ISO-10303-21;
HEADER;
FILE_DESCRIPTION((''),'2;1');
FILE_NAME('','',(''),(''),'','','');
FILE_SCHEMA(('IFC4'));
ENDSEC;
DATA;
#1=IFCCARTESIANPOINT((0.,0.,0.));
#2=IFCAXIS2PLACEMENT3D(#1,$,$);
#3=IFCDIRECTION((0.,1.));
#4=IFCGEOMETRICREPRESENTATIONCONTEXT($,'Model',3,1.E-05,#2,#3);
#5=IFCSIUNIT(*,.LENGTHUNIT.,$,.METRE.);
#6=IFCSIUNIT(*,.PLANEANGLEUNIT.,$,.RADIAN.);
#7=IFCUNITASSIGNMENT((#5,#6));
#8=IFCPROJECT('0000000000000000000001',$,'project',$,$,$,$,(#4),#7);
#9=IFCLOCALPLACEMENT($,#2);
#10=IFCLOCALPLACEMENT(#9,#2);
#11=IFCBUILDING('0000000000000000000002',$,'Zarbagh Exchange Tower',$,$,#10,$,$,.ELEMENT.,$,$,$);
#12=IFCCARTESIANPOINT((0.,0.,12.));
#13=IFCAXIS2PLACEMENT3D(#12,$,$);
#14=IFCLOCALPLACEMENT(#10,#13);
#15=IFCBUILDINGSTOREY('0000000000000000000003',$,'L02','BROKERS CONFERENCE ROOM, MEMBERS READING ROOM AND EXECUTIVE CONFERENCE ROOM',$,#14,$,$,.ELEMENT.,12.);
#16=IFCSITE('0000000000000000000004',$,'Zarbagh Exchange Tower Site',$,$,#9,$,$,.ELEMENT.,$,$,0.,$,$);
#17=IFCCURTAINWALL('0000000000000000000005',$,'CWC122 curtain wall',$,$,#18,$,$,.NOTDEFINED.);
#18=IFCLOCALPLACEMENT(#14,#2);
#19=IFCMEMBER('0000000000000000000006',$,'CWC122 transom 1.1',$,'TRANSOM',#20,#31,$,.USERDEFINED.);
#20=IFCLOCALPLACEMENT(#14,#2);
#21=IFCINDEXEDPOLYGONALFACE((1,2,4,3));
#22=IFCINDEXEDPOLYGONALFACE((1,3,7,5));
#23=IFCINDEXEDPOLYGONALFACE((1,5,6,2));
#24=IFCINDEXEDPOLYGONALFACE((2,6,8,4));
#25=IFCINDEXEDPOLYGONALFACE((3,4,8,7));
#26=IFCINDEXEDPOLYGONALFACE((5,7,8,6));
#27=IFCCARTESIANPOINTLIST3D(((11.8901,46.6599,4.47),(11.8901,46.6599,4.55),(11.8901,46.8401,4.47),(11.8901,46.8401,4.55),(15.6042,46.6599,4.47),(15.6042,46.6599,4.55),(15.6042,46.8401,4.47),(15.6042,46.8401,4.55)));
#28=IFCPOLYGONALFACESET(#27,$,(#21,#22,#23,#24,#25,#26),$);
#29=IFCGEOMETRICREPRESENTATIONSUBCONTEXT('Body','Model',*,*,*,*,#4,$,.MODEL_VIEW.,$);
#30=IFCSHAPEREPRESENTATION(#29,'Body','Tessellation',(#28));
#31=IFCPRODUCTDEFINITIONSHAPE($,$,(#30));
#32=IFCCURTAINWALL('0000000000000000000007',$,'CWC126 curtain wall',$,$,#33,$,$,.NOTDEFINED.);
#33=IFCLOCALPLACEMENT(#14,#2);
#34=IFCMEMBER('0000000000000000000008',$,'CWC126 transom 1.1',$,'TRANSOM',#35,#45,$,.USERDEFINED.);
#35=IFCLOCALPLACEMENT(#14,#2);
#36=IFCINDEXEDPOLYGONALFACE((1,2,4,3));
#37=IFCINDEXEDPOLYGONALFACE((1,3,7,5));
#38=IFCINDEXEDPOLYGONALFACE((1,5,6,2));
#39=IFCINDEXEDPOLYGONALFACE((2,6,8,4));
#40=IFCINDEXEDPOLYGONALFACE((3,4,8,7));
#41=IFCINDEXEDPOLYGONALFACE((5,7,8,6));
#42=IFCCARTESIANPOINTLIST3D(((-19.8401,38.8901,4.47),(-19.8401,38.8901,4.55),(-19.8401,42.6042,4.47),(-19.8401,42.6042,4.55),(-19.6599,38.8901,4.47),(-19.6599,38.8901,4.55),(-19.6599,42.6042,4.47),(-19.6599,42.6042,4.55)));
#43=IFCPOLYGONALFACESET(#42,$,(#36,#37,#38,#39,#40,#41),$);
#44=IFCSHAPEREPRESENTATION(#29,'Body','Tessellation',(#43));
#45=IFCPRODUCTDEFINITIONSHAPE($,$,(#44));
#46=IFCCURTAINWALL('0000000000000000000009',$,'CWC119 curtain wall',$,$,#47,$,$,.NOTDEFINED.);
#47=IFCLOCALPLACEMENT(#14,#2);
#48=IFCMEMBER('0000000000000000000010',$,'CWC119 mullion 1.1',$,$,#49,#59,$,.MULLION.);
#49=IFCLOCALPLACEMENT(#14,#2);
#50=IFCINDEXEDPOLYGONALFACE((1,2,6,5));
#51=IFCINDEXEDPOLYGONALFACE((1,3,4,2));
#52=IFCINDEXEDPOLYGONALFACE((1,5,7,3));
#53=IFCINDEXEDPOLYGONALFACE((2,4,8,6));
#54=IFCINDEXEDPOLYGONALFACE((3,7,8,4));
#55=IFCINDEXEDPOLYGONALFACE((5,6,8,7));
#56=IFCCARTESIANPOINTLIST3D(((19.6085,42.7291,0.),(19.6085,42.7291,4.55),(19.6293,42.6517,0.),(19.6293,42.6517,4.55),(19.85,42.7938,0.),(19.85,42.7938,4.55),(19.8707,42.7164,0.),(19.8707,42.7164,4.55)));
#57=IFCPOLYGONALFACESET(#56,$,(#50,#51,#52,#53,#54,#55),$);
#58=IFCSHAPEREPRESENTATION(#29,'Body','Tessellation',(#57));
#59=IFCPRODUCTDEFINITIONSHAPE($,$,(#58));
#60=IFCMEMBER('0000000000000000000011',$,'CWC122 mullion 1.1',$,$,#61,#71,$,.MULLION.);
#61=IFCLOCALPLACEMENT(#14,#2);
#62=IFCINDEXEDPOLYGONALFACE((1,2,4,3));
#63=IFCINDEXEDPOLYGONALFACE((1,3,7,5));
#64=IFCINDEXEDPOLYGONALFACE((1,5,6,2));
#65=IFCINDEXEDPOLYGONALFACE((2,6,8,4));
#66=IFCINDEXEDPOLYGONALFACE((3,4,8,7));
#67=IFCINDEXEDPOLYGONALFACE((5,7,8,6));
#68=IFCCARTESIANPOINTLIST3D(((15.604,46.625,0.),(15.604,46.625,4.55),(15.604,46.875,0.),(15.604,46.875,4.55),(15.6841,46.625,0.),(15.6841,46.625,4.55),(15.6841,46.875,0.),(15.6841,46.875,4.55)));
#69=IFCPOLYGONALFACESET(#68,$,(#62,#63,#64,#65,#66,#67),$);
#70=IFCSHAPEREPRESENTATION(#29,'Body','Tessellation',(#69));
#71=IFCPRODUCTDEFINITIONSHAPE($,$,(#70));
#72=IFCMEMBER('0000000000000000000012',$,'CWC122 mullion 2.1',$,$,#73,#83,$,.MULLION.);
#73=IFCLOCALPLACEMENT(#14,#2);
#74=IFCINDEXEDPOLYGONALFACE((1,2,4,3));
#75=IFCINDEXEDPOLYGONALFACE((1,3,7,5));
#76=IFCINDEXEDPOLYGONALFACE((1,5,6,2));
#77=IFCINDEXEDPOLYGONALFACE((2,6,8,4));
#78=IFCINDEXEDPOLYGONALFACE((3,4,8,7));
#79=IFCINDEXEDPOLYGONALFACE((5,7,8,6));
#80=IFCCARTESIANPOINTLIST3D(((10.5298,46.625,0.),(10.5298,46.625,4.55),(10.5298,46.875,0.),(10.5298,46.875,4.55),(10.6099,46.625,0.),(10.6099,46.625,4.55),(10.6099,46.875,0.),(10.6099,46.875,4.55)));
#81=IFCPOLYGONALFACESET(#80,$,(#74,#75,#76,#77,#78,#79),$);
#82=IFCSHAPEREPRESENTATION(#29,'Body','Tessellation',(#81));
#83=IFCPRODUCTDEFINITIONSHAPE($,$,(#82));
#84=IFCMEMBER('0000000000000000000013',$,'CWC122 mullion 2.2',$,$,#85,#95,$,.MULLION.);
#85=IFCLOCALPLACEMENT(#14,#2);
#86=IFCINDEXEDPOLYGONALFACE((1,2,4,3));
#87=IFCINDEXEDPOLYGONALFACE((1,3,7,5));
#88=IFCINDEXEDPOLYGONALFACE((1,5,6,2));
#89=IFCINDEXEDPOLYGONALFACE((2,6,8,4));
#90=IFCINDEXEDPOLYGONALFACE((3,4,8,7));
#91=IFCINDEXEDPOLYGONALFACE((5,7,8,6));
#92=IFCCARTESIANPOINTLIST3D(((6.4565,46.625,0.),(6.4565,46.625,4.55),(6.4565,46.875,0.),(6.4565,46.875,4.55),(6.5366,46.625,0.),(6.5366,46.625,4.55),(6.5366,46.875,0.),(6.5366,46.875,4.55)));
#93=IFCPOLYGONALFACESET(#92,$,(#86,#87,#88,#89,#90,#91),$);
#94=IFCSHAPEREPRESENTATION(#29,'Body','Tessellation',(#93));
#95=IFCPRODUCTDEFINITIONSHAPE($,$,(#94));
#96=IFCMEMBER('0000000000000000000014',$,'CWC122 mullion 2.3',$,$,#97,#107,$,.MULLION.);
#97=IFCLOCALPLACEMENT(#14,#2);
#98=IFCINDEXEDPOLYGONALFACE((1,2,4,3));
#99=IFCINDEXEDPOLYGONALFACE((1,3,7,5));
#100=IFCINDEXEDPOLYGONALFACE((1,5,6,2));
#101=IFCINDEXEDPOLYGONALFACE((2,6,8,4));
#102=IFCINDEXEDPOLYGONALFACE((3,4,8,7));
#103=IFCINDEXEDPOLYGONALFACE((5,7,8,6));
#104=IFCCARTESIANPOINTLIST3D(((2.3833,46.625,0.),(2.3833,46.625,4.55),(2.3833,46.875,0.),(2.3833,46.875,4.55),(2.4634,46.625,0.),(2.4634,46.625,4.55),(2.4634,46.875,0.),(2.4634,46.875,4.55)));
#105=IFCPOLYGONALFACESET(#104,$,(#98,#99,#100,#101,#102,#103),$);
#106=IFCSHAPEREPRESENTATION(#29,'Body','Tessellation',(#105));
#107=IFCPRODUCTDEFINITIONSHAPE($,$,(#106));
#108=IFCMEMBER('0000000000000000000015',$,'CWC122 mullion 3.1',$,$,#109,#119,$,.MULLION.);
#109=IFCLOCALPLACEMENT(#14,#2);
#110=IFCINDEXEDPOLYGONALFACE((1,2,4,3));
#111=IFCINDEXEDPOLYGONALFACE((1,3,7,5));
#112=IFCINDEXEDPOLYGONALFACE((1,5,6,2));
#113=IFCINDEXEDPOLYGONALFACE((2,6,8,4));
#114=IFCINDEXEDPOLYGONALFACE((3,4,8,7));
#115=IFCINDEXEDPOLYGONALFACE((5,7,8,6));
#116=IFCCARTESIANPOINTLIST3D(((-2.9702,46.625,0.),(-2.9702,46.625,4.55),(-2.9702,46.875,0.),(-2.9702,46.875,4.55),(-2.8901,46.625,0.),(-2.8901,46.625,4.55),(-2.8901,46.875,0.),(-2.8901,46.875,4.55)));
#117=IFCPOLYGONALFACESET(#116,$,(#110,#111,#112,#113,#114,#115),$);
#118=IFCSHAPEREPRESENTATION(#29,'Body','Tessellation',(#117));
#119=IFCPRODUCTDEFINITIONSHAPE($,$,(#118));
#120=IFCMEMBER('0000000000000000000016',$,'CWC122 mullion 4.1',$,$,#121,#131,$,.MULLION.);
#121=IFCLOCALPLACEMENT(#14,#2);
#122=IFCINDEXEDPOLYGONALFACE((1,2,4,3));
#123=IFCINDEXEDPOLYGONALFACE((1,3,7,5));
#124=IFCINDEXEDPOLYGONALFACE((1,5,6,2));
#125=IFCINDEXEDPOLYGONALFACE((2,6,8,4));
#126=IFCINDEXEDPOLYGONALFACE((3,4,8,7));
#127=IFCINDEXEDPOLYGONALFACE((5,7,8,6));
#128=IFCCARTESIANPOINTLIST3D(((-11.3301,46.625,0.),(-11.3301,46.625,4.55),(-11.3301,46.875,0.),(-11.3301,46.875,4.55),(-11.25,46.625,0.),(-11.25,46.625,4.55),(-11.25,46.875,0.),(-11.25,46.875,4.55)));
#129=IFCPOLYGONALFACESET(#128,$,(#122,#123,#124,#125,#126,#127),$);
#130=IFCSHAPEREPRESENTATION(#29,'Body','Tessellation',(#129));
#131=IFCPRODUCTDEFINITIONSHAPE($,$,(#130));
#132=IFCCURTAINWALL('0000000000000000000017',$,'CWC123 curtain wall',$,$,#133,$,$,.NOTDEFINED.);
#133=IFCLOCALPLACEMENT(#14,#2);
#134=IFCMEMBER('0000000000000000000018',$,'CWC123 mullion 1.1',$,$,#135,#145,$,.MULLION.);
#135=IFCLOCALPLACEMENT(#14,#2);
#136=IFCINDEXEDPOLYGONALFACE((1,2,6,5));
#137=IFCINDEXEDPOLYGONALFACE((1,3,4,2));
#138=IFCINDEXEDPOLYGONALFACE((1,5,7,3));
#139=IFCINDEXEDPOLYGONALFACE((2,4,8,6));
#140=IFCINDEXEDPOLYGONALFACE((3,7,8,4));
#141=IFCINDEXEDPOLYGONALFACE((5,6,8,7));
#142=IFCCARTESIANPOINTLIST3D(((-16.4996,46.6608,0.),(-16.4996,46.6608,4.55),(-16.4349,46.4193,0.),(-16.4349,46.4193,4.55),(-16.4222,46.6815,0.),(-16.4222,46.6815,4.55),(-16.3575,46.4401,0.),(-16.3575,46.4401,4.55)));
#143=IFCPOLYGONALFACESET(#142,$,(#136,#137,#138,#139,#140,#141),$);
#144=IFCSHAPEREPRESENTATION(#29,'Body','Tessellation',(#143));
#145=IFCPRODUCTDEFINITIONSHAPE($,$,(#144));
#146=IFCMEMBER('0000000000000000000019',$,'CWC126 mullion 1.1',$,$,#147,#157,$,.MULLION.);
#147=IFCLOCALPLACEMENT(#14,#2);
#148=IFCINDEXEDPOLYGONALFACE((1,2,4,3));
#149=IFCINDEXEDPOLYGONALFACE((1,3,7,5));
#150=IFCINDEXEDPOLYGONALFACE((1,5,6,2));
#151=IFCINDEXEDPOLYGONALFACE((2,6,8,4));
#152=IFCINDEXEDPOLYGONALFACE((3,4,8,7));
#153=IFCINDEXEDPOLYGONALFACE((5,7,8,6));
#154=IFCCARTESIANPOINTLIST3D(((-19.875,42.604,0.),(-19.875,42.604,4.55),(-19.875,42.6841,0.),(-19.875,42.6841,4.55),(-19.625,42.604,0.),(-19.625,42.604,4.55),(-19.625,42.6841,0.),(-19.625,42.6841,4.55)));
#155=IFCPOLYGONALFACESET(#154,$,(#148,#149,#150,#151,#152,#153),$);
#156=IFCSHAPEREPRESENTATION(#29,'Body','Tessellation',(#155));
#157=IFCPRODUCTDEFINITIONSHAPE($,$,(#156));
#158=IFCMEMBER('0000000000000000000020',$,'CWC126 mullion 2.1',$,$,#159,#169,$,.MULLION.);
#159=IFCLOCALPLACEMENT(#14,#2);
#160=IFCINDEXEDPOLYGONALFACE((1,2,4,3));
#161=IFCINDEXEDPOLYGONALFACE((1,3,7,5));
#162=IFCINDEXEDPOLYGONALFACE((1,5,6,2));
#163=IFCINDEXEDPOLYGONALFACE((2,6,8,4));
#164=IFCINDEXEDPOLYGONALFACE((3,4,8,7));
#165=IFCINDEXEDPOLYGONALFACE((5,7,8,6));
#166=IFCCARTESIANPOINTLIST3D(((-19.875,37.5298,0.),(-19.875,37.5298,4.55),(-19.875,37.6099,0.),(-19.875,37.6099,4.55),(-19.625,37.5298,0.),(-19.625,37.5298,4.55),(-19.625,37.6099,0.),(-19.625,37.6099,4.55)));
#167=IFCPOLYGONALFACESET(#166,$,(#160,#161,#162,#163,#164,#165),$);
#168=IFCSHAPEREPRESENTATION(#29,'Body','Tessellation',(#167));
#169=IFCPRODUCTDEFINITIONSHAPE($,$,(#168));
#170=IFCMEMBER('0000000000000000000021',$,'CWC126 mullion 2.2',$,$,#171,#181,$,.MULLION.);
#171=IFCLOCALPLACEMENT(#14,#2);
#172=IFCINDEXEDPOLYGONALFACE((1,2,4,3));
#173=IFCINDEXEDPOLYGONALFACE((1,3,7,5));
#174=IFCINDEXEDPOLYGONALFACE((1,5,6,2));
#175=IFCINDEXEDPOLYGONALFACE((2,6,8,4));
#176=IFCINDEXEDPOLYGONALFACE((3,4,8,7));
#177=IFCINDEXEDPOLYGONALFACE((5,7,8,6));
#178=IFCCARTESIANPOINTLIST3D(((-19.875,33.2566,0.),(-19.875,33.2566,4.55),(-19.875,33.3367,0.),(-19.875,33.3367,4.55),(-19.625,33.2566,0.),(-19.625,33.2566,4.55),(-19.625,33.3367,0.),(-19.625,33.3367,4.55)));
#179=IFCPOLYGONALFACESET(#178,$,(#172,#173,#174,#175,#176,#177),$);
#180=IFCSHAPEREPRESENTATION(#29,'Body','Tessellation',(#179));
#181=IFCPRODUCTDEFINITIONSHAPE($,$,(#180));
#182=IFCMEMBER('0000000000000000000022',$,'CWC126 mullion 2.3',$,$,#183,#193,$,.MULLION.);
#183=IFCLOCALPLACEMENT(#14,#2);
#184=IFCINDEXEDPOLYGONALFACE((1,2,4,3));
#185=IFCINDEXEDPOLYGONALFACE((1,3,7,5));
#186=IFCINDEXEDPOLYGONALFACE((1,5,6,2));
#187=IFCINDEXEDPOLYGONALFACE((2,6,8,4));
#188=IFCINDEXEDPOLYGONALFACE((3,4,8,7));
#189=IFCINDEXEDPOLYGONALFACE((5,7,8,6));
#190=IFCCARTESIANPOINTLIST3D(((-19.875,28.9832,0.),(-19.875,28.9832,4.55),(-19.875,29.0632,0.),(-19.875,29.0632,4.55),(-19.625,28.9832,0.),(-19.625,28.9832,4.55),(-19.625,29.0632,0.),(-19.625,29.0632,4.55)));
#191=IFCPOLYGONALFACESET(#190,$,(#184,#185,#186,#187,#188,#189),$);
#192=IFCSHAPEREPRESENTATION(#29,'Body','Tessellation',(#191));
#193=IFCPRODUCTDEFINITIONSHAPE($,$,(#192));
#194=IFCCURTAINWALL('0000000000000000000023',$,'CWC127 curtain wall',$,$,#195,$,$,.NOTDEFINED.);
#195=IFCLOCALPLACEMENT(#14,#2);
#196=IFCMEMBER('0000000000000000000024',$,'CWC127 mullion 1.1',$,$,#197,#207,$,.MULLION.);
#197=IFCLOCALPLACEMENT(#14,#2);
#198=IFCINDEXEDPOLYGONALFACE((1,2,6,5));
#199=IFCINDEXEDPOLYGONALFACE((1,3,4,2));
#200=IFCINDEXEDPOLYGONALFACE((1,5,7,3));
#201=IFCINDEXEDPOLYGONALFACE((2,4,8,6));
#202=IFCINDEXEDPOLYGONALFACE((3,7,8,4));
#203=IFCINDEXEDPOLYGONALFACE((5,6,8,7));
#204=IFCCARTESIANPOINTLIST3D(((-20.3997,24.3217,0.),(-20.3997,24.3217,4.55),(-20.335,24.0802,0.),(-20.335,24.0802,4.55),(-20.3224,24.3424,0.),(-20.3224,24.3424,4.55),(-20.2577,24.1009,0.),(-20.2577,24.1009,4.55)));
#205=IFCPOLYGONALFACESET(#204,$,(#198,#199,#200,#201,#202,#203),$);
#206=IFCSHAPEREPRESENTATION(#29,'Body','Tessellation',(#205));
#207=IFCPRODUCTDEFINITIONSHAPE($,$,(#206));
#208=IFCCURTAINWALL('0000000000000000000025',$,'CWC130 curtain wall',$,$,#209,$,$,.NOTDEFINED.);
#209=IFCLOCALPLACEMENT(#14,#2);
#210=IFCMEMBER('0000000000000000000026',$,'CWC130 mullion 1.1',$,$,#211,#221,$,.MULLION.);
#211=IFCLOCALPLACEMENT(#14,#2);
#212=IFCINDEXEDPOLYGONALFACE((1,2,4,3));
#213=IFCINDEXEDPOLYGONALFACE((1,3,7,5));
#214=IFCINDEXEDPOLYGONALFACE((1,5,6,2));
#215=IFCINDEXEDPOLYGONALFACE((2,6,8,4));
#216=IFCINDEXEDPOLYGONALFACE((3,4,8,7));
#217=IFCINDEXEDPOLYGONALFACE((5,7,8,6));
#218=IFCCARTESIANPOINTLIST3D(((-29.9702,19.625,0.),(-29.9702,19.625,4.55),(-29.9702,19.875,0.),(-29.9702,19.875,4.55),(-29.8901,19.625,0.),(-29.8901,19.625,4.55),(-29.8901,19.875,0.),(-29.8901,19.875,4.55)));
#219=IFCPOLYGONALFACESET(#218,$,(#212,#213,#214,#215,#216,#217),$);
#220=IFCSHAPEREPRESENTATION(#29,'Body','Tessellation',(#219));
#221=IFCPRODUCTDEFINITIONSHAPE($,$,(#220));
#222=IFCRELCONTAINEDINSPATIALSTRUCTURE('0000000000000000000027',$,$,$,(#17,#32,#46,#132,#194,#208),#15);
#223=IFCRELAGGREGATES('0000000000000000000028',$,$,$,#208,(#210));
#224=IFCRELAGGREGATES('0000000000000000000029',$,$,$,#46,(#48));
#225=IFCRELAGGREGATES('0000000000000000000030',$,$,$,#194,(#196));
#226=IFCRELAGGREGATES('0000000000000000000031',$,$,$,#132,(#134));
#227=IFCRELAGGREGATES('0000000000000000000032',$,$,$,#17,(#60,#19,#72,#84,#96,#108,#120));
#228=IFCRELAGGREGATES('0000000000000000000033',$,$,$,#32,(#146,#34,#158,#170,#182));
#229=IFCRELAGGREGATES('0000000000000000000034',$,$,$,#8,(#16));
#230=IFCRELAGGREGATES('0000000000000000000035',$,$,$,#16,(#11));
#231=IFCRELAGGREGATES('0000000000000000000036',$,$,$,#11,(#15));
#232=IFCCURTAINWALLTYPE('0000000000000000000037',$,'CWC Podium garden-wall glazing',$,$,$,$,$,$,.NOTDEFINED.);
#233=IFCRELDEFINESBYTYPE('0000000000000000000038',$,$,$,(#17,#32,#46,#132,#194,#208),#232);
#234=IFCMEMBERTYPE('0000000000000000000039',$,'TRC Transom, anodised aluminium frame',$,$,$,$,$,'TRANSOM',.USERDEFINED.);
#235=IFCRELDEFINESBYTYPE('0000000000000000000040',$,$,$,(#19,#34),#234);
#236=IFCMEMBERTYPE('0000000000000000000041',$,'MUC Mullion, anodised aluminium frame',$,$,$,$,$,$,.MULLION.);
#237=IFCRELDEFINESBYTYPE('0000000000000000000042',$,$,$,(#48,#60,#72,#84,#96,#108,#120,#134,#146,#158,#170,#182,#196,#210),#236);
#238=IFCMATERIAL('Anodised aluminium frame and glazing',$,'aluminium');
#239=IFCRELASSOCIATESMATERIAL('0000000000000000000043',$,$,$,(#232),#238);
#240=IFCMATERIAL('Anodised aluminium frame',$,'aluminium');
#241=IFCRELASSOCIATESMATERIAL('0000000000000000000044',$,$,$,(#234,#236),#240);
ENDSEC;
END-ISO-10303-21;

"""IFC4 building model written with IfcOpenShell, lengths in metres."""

from ifc_helpers import new_model, si_unit, direction, frame, origin, place, context, subcontext, project, spatial, polyline, outline, extrude, source, transform, mapped, material, type_object, element, aggregate, save


model = new_model("IFC4")

# Units and contexts
model_context = context("Model", 3, precision=1e-05, world=origin(), true_north=direction((0.0, 1.0)))
body_context = subcontext(model_context, "Body", "Model", "MODEL_VIEW")
ifc_project = project(units=[si_unit("LENGTHUNIT", "METRE"), si_unit("PLANEANGLEUNIT", "RADIAN")], contexts=[model_context])

# Site, building, storey
site_placement = place(None, origin())
site = spatial("IfcSite", under=ifc_project, at=site_placement, Name="Zarbagh Exchange Tower Site", CompositionType="ELEMENT", RefElevation=0.0)
building_placement = place(site_placement, origin())
building = spatial("IfcBuilding", under=site, at=building_placement, Name="Zarbagh Exchange Tower", CompositionType="ELEMENT")
storey_placement = place(building_placement, frame((0.0, 0.0, 12.0)))
storey = spatial("IfcBuildingStorey", under=building, at=storey_placement, Name="L02", Description="BROKERS CONFERENCE ROOM, MEMBERS READING ROOM AND EXECUTIVE CONFERENCE ROOM", CompositionType="ELEMENT", Elevation=12.0)

# Curtain walls, members
ifc_material_1 = material(Name="Anodised aluminium frame and glazing", Category="aluminium")
curtain_wall_type = type_object("IfcCurtainWallType", Name="CWC Podium garden-wall glazing", PredefinedType="NOTDEFINED", material=ifc_material_1)
curtain_wall_1_placement = place(storey_placement, origin())
curtain_wall_1 = element("IfcCurtainWall", 1, at=curtain_wall_1_placement, inside=storey, type_object=curtain_wall_type, Name="CWC122 curtain wall", PredefinedType="NOTDEFINED")
ifc_material_2 = material(Name="Anodised aluminium frame", Category="aluminium")
member_type_1 = type_object("IfcMemberType", Name="TRC Transom, anodised aluminium frame", ElementType="TRANSOM", PredefinedType="USERDEFINED", material=ifc_material_2)
shared_shape_1 = source(origin(), body_context, "Body", "SweptSolid", [
    extrude(outline(polyline([(-0.0801, -0.0901), (0.0, -0.0901), (0.0, 0.0901), (-0.0801, 0.0901), (-0.0801, -0.0901)])), origin(), (0.0, 0.0, 1.0), 3.7141),
])
placement = place(storey_placement, origin())
member_1 = element("IfcMember", 2, at=placement, type_object=member_type_1, Name="CWC122 transom 1.1", ObjectType="TRANSOM", PredefinedType="USERDEFINED", context=body_context, shape_type="MappedRepresentation", body=[
    mapped(shared_shape_1, transform((15.6042, 46.75, 4.55), x_axis=(0.0, 0.0, 1.0), y_axis=(0.0, 1.0, 0.0), z_axis=(-1.0, 0.0, 0.0))),
])
curtain_wall_2_placement = place(storey_placement, origin())
curtain_wall_2 = element("IfcCurtainWall", 3, at=curtain_wall_2_placement, inside=storey, type_object=curtain_wall_type, Name="CWC126 curtain wall", PredefinedType="NOTDEFINED")
member_2 = element("IfcMember", 4, at=placement, type_object=member_type_1, Name="CWC126 transom 1.1", ObjectType="TRANSOM", PredefinedType="USERDEFINED", context=body_context, shape_type="MappedRepresentation", body=[
    mapped(shared_shape_1, transform((-19.75, 42.6042, 4.55), x_axis=(0.0, 0.0, 1.0), y_axis=(-1.0, 0.0, 0.0), z_axis=(0.0, -1.0, 0.0))),
])
curtain_wall_3_placement = place(storey_placement, origin())
curtain_wall_3 = element("IfcCurtainWall", 5, at=curtain_wall_3_placement, inside=storey, type_object=curtain_wall_type, Name="CWC119 curtain wall", PredefinedType="NOTDEFINED")
member_type_2 = type_object("IfcMemberType", Name="MUC Mullion, anodised aluminium frame", PredefinedType="MULLION", material=ifc_material_2)
shared_shape_2 = source(origin(), body_context, "Body", "SweptSolid", [
    extrude(outline(polyline([(0.0, -0.125), (0.0801, -0.125), (0.0801, 0.125), (0.0, 0.125), (0.0, -0.125)])), origin(), (0.0, 0.0, 1.0), 4.55),
])
member_3 = element("IfcMember", 6, at=placement, type_object=member_type_2, Name="CWC119 mullion 1.1", PredefinedType="MULLION", context=body_context, shape_type="MappedRepresentation", body=[
    mapped(shared_shape_2, transform((19.75, 42.6841, 0.0), x_axis=(-0.258825, 0.965924, 0.0), y_axis=(-0.965924, -0.258825, 0.0), z_axis=(0.0, 0.0, 1.0))),
])

# Members
member_4 = element("IfcMember", 7, at=placement, type_object=member_type_2, Name="CWC122 mullion 1.1", PredefinedType="MULLION", context=body_context, shape_type="MappedRepresentation", body=[
    mapped(shared_shape_2, transform((15.6841, 46.75, 0.0), x_axis=(-1.0, 0.0, 0.0), y_axis=(0.0, -1.0, 0.0), z_axis=(0.0, 0.0, 1.0))),
])
member_5 = element("IfcMember", 8, at=placement, type_object=member_type_2, Name="CWC122 mullion 2.1", PredefinedType="MULLION", context=body_context, shape_type="MappedRepresentation", body=[
    mapped(shared_shape_2, transform((10.6099, 46.75, 0.0), x_axis=(-1.0, 0.0, 0.0), y_axis=(0.0, -1.0, 0.0), z_axis=(0.0, 0.0, 1.0))),
])
member_6 = element("IfcMember", 9, at=placement, type_object=member_type_2, Name="CWC122 mullion 2.2", PredefinedType="MULLION", context=body_context, shape_type="MappedRepresentation", body=[
    mapped(shared_shape_2, transform((6.5366, 46.75, 0.0), x_axis=(-1.0, 0.0, 0.0), y_axis=(0.0, -1.0, 0.0), z_axis=(0.0, 0.0, 1.0))),
])
member_7 = element("IfcMember", 10, at=placement, type_object=member_type_2, Name="CWC122 mullion 2.3", PredefinedType="MULLION", context=body_context, shape_type="MappedRepresentation", body=[
    mapped(shared_shape_2, transform((2.4634, 46.75, 0.0), x_axis=(-1.0, 0.0, 0.0), y_axis=(0.0, -1.0, 0.0), z_axis=(0.0, 0.0, 1.0))),
])
member_8 = element("IfcMember", 11, at=placement, type_object=member_type_2, Name="CWC122 mullion 3.1", PredefinedType="MULLION", context=body_context, shape_type="MappedRepresentation", body=[
    mapped(shared_shape_2, transform((-2.8901, 46.75, 0.0), x_axis=(-1.0, 0.0, 0.0), y_axis=(0.0, -1.0, 0.0), z_axis=(0.0, 0.0, 1.0))),
])
member_9 = element("IfcMember", 12, at=placement, type_object=member_type_2, Name="CWC122 mullion 4.1", PredefinedType="MULLION", context=body_context, shape_type="MappedRepresentation", body=[
    mapped(shared_shape_2, transform((-11.25, 46.75, 0.0), x_axis=(-1.0, 0.0, 0.0), y_axis=(0.0, -1.0, 0.0), z_axis=(0.0, 0.0, 1.0))),
])

# Curtain wall, member
curtain_wall_4_placement = place(storey_placement, origin())
curtain_wall_4 = element("IfcCurtainWall", 13, at=curtain_wall_4_placement, inside=storey, type_object=curtain_wall_type, Name="CWC123 curtain wall", PredefinedType="NOTDEFINED")
member_10 = element("IfcMember", 14, at=placement, type_object=member_type_2, Name="CWC123 mullion 1.1", PredefinedType="MULLION", context=body_context, shape_type="MappedRepresentation", body=[
    mapped(shared_shape_2, transform((-16.3899, 46.5608, 0.0), x_axis=(-0.965924, -0.258825, 0.0), y_axis=(0.258825, -0.965924, 0.0), z_axis=(0.0, 0.0, 1.0))),
])

# Members
member_11 = element("IfcMember", 15, at=placement, type_object=member_type_2, Name="CWC126 mullion 1.1", PredefinedType="MULLION", context=body_context, shape_type="MappedRepresentation", body=[
    mapped(shared_shape_2, transform((-19.75, 42.6841, 0.0), x_axis=(0.0, -1.0, 0.0), y_axis=(1.0, 0.0, 0.0), z_axis=(0.0, 0.0, 1.0))),
])
member_12 = element("IfcMember", 16, at=placement, type_object=member_type_2, Name="CWC126 mullion 2.1", PredefinedType="MULLION", context=body_context, shape_type="MappedRepresentation", body=[
    mapped(shared_shape_2, transform((-19.75, 37.6099, 0.0), x_axis=(0.0, -1.0, 0.0), y_axis=(1.0, 0.0, 0.0), z_axis=(0.0, 0.0, 1.0))),
])
member_13 = element("IfcMember", 17, at=placement, type_object=member_type_2, Name="CWC126 mullion 2.2", PredefinedType="MULLION", context=body_context, shape_type="MappedRepresentation", body=[
    mapped(shared_shape_2, transform((-19.75, 33.3367, 0.0), x_axis=(0.0, -1.0, 0.0), y_axis=(1.0, 0.0, 0.0), z_axis=(0.0, 0.0, 1.0))),
])
member_14 = element("IfcMember", 18, at=placement, type_object=member_type_2, Name="CWC126 mullion 2.3", PredefinedType="MULLION", context=body_context, shape_type="MappedRepresentation", body=[
    mapped(shared_shape_2, transform((-19.75, 29.0632, 0.0), x_axis=(0.0, -1.0, 0.0), y_axis=(1.0, 0.0, 0.0), z_axis=(0.0, 0.0, 1.0))),
])

# Curtain walls, members
curtain_wall_5_placement = place(storey_placement, origin())
curtain_wall_5 = element("IfcCurtainWall", 19, at=curtain_wall_5_placement, inside=storey, type_object=curtain_wall_type, Name="CWC127 curtain wall", PredefinedType="NOTDEFINED")
member_15 = element("IfcMember", 20, at=placement, type_object=member_type_2, Name="CWC127 mullion 1.1", PredefinedType="MULLION", context=body_context, shape_type="MappedRepresentation", body=[
    mapped(shared_shape_2, transform((-20.29, 24.2217, 0.0), x_axis=(-0.965924, -0.258825, 0.0), y_axis=(0.258825, -0.965924, 0.0), z_axis=(0.0, 0.0, 1.0))),
])
curtain_wall_6_placement = place(storey_placement, origin())
curtain_wall_6 = element("IfcCurtainWall", 21, at=curtain_wall_6_placement, inside=storey, type_object=curtain_wall_type, Name="CWC130 curtain wall", PredefinedType="NOTDEFINED")
member_16 = element("IfcMember", 22, at=placement, type_object=member_type_2, Name="CWC130 mullion 1.1", PredefinedType="MULLION", context=body_context, shape_type="MappedRepresentation", body=[
    mapped(shared_shape_2, transform((-29.8901, 19.75, 0.0), x_axis=(-1.0, 0.0, 0.0), y_axis=(0.0, -1.0, 0.0), z_axis=(0.0, 0.0, 1.0))),
])
aggregate(curtain_wall_6, [member_16])

aggregate(curtain_wall_3, [member_3])

aggregate(curtain_wall_5, [member_15])

aggregate(curtain_wall_4, [member_10])

aggregate(curtain_wall_1, [member_4, member_1, member_5, member_6, member_7, member_8, member_9])
aggregate(curtain_wall_2, [member_11, member_2, member_12, member_13, member_14])

save(model, "model.ifc")
